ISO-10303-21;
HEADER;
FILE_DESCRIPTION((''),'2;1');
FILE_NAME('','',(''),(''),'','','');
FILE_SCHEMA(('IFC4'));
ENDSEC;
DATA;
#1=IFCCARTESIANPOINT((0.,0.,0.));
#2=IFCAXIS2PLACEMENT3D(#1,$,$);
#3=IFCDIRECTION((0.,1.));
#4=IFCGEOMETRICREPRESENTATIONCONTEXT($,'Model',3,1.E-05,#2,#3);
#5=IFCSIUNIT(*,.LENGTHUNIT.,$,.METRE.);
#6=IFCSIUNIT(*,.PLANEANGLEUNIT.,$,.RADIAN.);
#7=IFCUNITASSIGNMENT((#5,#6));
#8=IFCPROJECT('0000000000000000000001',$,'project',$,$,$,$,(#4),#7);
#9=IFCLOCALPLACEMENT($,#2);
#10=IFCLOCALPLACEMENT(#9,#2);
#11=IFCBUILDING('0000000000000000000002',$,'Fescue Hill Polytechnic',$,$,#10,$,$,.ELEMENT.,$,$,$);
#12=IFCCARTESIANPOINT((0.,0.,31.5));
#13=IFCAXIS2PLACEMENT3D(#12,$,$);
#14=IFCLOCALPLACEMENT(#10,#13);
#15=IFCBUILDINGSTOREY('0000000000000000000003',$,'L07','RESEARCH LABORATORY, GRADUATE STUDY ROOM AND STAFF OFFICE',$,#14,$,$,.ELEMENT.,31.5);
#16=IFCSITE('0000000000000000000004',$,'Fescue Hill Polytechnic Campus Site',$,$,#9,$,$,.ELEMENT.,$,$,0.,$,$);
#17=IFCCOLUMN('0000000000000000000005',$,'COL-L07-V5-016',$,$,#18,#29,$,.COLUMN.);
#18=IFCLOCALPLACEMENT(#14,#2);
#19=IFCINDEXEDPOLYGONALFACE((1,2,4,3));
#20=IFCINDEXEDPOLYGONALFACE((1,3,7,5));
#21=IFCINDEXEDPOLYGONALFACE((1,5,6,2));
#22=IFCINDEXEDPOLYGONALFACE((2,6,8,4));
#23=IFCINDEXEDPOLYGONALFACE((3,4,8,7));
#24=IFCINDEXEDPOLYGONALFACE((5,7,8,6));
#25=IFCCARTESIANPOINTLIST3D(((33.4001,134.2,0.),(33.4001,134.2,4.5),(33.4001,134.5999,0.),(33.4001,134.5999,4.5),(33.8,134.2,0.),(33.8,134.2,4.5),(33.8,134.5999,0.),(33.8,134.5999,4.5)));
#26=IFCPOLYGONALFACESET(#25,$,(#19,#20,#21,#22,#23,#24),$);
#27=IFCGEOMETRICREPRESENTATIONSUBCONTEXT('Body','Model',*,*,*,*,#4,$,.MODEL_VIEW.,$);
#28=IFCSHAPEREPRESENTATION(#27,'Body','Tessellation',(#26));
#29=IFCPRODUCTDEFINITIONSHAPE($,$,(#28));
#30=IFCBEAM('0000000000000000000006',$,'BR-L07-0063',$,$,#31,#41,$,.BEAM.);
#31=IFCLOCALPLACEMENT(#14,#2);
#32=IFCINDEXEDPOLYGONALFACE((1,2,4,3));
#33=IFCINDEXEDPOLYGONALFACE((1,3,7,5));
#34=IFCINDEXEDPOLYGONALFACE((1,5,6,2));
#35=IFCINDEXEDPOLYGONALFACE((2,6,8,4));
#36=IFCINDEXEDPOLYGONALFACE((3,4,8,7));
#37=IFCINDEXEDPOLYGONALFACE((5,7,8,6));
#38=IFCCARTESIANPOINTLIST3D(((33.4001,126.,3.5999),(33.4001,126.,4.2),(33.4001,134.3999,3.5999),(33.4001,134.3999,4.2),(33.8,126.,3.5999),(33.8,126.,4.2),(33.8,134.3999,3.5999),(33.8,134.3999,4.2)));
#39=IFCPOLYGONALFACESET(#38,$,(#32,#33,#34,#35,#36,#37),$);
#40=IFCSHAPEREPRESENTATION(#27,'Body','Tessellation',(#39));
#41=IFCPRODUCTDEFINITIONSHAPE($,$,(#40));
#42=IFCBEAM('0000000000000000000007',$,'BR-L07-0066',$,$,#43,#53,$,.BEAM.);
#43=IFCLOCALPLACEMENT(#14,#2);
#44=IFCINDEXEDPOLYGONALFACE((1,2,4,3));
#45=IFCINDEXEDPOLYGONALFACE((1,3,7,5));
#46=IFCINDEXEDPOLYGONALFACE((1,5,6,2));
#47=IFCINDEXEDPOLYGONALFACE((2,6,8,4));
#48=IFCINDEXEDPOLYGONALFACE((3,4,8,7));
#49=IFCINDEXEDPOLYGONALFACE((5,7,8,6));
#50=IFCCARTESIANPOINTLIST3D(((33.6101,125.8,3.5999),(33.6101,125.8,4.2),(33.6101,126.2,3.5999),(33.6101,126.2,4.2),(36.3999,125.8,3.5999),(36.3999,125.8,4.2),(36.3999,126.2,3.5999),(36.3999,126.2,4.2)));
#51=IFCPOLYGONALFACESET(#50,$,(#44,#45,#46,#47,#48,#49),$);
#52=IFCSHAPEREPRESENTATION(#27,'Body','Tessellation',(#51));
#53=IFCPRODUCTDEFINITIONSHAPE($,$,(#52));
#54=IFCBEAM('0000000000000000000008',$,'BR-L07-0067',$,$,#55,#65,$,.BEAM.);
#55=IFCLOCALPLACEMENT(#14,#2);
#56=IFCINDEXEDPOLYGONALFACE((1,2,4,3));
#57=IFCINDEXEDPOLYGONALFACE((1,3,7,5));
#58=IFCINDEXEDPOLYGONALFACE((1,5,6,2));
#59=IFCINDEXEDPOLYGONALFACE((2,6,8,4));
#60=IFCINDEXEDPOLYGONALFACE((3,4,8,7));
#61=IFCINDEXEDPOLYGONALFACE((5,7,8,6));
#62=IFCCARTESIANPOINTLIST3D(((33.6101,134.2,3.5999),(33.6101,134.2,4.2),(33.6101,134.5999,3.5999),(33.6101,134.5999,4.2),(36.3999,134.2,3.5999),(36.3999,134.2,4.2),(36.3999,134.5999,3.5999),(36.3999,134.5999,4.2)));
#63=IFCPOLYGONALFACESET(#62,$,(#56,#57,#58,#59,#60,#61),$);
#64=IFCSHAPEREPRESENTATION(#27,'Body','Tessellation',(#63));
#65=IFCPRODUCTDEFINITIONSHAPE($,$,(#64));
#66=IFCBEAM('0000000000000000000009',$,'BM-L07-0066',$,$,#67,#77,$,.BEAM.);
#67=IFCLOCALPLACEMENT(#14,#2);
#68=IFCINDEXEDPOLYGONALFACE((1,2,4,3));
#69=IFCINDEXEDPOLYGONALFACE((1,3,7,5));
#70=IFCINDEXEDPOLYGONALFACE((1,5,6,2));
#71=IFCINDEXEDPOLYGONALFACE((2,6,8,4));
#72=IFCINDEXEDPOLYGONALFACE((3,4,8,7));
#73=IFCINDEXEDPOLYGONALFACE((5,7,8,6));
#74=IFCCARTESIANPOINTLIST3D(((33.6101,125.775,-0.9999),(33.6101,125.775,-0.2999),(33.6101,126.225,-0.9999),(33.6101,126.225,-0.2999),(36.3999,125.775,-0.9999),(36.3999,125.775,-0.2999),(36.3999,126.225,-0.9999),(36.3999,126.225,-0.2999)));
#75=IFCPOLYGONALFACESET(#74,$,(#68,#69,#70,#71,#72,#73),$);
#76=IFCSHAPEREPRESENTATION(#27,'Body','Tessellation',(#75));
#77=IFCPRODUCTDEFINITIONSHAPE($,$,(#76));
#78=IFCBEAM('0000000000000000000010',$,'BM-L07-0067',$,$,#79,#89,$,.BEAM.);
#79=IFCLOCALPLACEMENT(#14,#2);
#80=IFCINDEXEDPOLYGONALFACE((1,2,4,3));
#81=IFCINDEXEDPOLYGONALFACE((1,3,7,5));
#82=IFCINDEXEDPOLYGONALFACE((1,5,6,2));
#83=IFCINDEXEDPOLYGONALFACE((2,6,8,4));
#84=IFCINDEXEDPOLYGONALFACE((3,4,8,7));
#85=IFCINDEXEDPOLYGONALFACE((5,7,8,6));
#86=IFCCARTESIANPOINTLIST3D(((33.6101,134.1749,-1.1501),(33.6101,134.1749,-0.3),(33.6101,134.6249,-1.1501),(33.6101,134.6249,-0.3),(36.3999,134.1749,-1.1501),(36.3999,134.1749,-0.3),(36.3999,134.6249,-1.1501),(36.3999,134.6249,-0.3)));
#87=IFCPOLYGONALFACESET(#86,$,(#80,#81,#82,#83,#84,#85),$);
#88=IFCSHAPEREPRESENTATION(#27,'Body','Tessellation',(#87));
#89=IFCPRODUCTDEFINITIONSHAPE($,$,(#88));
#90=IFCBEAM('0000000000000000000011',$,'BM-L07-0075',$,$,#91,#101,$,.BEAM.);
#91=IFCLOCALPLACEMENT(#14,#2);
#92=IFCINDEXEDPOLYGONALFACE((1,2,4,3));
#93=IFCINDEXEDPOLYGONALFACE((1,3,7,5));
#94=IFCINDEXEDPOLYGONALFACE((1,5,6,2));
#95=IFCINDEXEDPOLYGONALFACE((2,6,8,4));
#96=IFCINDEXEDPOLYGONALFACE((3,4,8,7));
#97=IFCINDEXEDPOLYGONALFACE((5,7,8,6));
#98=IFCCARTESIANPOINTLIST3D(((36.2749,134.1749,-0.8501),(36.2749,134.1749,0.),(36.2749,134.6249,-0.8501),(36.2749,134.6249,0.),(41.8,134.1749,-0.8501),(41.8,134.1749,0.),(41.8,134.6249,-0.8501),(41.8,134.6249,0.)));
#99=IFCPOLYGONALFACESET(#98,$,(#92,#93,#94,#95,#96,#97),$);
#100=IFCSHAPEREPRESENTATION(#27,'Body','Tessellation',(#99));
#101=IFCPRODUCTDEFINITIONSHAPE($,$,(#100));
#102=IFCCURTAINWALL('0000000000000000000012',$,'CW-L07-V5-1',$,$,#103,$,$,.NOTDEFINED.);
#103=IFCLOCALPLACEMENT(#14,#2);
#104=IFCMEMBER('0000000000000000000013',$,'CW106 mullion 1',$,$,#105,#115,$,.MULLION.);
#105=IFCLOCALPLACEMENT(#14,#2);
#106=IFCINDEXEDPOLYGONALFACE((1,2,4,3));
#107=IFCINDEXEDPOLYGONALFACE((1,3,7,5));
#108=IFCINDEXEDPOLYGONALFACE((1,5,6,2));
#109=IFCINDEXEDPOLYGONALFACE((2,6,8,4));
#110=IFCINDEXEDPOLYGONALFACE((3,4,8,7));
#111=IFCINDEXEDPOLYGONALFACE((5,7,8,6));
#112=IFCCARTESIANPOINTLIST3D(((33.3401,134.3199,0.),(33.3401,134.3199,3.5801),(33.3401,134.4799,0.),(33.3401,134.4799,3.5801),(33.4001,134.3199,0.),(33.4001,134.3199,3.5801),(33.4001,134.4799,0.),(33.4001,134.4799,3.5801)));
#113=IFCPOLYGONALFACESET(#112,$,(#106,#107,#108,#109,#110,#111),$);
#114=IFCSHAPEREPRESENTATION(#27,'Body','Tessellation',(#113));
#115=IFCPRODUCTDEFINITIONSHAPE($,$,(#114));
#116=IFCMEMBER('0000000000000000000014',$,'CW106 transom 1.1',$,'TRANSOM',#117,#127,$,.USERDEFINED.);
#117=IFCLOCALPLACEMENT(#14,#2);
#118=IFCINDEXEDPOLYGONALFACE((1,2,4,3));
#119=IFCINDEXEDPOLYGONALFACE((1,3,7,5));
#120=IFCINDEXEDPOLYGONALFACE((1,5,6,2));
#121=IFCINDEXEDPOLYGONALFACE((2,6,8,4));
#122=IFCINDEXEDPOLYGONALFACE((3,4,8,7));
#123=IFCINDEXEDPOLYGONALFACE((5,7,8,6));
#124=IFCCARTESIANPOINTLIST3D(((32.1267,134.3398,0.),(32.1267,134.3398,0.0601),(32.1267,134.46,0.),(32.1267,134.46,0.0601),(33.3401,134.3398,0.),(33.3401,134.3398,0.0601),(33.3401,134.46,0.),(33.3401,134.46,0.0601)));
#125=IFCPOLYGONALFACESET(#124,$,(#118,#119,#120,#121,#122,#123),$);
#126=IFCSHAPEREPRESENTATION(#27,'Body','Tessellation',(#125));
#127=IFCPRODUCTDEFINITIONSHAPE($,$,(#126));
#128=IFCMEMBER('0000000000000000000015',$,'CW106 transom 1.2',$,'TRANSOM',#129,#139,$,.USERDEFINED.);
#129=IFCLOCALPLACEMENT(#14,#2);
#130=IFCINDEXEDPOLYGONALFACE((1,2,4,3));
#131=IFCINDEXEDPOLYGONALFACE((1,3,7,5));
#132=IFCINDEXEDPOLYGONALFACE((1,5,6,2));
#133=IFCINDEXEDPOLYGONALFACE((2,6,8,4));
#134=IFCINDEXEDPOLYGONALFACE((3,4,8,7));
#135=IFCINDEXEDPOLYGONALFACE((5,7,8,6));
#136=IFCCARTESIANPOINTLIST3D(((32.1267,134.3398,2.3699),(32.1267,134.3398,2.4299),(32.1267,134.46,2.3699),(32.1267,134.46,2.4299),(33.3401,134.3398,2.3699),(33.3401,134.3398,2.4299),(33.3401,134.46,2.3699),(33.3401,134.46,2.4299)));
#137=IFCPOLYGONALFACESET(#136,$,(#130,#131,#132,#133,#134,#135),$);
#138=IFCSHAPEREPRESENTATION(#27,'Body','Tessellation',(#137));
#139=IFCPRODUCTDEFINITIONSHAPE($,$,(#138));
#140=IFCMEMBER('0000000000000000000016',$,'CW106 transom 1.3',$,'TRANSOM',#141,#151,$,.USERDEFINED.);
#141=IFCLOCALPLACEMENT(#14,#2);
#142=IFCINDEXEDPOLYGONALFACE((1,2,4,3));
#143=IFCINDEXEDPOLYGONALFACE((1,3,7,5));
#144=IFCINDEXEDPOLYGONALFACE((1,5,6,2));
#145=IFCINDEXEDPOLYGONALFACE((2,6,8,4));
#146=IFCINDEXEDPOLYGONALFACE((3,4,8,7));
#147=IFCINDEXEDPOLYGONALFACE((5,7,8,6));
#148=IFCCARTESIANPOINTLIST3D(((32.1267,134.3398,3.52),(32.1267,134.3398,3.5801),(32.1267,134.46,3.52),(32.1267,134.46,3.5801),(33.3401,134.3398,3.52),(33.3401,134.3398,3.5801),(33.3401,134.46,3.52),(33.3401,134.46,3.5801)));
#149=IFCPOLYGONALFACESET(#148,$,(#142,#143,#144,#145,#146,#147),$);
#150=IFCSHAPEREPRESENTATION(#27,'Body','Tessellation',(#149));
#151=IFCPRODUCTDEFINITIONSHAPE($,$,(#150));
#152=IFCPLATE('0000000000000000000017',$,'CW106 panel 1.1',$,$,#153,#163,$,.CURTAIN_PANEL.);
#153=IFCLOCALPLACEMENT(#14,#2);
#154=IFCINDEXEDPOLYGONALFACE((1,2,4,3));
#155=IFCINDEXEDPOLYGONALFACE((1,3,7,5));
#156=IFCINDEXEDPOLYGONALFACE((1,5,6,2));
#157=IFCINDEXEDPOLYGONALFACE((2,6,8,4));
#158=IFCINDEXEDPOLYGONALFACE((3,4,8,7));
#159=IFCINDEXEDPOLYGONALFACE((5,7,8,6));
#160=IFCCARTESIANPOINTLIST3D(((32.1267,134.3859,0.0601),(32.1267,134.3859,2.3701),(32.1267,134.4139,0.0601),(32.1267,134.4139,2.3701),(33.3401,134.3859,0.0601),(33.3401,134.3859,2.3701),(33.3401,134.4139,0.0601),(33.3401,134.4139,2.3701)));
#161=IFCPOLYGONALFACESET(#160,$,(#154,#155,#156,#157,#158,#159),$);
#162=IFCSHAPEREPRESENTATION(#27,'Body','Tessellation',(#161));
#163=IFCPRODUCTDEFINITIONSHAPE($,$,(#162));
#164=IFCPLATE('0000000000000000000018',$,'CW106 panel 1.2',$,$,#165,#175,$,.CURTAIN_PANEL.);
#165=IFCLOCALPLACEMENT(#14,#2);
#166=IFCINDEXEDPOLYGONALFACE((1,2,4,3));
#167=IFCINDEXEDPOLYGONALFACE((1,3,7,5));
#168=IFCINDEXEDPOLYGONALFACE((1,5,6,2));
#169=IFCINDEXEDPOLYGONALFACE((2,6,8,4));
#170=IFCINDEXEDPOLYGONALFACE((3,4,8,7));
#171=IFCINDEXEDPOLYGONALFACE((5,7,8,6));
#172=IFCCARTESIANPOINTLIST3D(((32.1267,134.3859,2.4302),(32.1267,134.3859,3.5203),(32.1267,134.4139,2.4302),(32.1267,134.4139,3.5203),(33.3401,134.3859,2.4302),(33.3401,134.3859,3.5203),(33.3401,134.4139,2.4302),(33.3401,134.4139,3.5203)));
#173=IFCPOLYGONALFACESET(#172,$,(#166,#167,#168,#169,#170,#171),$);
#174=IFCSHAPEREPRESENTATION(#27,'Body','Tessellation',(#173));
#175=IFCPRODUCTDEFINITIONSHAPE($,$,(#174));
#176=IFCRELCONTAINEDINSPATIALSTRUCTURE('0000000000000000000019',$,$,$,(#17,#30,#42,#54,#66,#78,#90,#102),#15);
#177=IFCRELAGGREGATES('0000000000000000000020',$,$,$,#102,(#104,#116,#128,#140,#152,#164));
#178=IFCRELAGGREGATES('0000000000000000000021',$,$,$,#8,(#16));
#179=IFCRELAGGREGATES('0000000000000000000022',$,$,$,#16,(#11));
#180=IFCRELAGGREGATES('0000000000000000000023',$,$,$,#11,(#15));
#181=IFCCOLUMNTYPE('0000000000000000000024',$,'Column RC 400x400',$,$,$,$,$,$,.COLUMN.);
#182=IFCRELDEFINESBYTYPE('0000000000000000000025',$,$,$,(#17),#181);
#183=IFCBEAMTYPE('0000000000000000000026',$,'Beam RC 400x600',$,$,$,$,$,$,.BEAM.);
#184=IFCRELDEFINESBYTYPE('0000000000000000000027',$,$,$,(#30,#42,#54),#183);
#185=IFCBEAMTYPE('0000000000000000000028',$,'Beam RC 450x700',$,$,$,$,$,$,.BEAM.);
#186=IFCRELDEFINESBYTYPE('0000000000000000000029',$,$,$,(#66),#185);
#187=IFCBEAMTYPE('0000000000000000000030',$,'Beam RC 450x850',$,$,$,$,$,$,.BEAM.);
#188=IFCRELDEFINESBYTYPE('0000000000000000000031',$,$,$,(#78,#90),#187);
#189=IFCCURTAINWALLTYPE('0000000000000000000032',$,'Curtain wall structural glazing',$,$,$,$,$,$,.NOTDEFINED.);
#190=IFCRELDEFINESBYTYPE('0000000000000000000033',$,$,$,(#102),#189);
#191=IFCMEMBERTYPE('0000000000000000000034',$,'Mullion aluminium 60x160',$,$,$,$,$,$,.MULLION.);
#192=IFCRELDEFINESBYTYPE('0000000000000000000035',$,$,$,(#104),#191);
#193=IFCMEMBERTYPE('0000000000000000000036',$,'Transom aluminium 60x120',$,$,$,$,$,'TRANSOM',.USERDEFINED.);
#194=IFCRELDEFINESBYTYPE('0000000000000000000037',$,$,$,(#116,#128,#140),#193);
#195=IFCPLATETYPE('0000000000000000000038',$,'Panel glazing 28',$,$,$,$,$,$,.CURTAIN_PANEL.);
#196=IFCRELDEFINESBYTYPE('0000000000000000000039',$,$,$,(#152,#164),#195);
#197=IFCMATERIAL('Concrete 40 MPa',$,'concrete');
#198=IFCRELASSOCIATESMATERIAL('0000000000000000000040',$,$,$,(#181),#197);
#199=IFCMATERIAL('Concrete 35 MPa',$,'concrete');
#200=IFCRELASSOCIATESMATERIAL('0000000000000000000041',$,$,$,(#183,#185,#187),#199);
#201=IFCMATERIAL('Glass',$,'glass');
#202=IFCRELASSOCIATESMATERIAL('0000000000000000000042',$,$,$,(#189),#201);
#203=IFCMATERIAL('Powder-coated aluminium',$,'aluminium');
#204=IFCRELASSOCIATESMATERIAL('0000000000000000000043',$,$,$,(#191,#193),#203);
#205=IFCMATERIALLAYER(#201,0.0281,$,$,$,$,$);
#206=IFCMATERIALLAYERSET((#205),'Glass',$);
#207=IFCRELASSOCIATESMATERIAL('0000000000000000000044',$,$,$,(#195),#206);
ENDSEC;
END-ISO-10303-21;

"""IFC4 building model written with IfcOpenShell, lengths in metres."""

from ifc_helpers import new_model, si_unit, direction, frame, origin, origin_2d, place, context, subcontext, project, spatial, rectangle, extrude, material, layer, layer_set, material_profile, profile_set, type_object, element, aggregate, save


model = new_model("IFC4")

# Units and contexts
model_context = context("Model", 3, precision=1e-05, world=origin(), true_north=direction((0.0, 1.0)))
body_context = subcontext(model_context, "Body", "Model", "MODEL_VIEW")
ifc_project = project(units=[si_unit("LENGTHUNIT", "METRE"), si_unit("PLANEANGLEUNIT", "RADIAN")], contexts=[model_context])

# Site, building, storey
site_placement = place(None, origin())
site = spatial("IfcSite", under=ifc_project, at=site_placement, Name="Fescue Hill Polytechnic Campus Site", CompositionType="ELEMENT", RefElevation=0.0)
building_placement = place(site_placement, origin())
building = spatial("IfcBuilding", under=site, at=building_placement, Name="Fescue Hill Polytechnic", CompositionType="ELEMENT")
storey_placement = place(building_placement, frame((0.0, 0.0, 31.5)))
storey = spatial("IfcBuildingStorey", under=building, at=storey_placement, Name="L07", Description="RESEARCH LABORATORY, GRADUATE STUDY ROOM AND STAFF OFFICE", CompositionType="ELEMENT", Elevation=31.5)

# Column
ifc_material_1 = material(Name="Concrete 40 MPa", Category="concrete")
ifc_material_profile_1 = material_profile(ifc_material_1, rectangle(XDim=0.3999, YDim=0.3999, at=origin_2d()), Name="RC 400x400")
ifc_profile_set_1 = profile_set([ifc_material_profile_1], Name="Concrete 40 MPa")
column_type = type_object("IfcColumnType", Name="Column RC 400x400", PredefinedType="COLUMN", material=ifc_profile_set_1)
column_placement = place(storey_placement, frame((33.6001, 134.3999, 0.0), z_axis=(0.0, 0.0, 1.0), x_axis=(1.0, 0.0, 0.0)))
element("IfcColumn", 1, at=column_placement, inside=storey, type_object=column_type, Name="COL-L07-V5-016", PredefinedType="COLUMN", context=body_context, shape_type="SweptSolid", body=[
    extrude(rectangle(XDim=0.3999, YDim=0.3999, at=origin_2d()), origin(), (0.0, 0.0, 1.0), 4.5),
])

# Beams
ifc_material_2 = material(Name="Concrete 35 MPa", Category="concrete")
ifc_material_profile_2 = material_profile(ifc_material_2, rectangle(XDim=0.3999, YDim=0.6001, at=origin_2d()), Name="RC 400x600")
ifc_profile_set_2 = profile_set([ifc_material_profile_2], Name="Concrete 35 MPa")
beam_type_1 = type_object("IfcBeamType", Name="Beam RC 400x600", PredefinedType="BEAM", material=ifc_profile_set_2)
beam_1_placement = place(storey_placement, frame((33.6001, 126.0, 3.8999), z_axis=(0.0, 1.0, 0.0), x_axis=(-1.0, 0.0, 0.0)))
element("IfcBeam", 2, at=beam_1_placement, inside=storey, type_object=beam_type_1, Name="BR-L07-0063", PredefinedType="BEAM", context=body_context, shape_type="SweptSolid", body=[
    extrude(rectangle(XDim=0.3999, YDim=0.6001, at=origin_2d()), origin(), (0.0, 0.0, 1.0), 8.3999),
])
for number, where, z_axis, x_axis, name in (
    (3, (33.6101, 126.0, 3.8999), (1.0, 0.0, 0.0), (0.0, 1.0, 0.0), "BR-L07-0066"),
    (4, (33.6101, 134.3999, 3.8999), (1.0, 0.0, 0.0), (0.0, 1.0, 0.0), "BR-L07-0067"),
):
    element("IfcBeam", number, at=place(storey_placement, frame(where, z_axis=z_axis, x_axis=x_axis)), inside=storey, type_object=beam_type_1, Name=name, PredefinedType="BEAM", context=body_context, shape_type="SweptSolid", body=[
        extrude(rectangle(XDim=0.3999, YDim=0.6001, at=origin_2d()), origin(), (0.0, 0.0, 1.0), 2.7898),
    ])
ifc_material_profile_3 = material_profile(ifc_material_2, rectangle(XDim=0.45, YDim=0.7, at=origin_2d()), Name="RC 450x700")
ifc_profile_set_3 = profile_set([ifc_material_profile_3], Name="Concrete 35 MPa")
beam_type_2 = type_object("IfcBeamType", Name="Beam RC 450x700", PredefinedType="BEAM", material=ifc_profile_set_3)
beam_2_placement = place(storey_placement, frame((33.6101, 126.0, -0.6499), z_axis=(1.0, 0.0, 0.0), x_axis=(0.0, 1.0, 0.0)))
element("IfcBeam", 5, at=beam_2_placement, inside=storey, type_object=beam_type_2, Name="BM-L07-0066", PredefinedType="BEAM", context=body_context, shape_type="SweptSolid", body=[
    extrude(rectangle(XDim=0.45, YDim=0.7, at=origin_2d()), origin(), (0.0, 0.0, 1.0), 2.7898),
])
ifc_material_profile_4 = material_profile(ifc_material_2, rectangle(XDim=0.45, YDim=0.8501, at=origin_2d()), Name="RC 450x850")
ifc_profile_set_4 = profile_set([ifc_material_profile_4], Name="Concrete 35 MPa")
beam_type_3 = type_object("IfcBeamType", Name="Beam RC 450x850", PredefinedType="BEAM", material=ifc_profile_set_4)
beam_3_placement = place(storey_placement, frame((33.6101, 134.3999, -0.7251), z_axis=(1.0, 0.0, 0.0), x_axis=(0.0, 1.0, 0.0)))
element("IfcBeam", 6, at=beam_3_placement, inside=storey, type_object=beam_type_3, Name="BM-L07-0067", PredefinedType="BEAM", context=body_context, shape_type="SweptSolid", body=[
    extrude(rectangle(XDim=0.45, YDim=0.8501, at=origin_2d()), origin(), (0.0, 0.0, 1.0), 2.7898),
])
beam_4_placement = place(storey_placement, frame((36.2749, 134.3999, -0.425), z_axis=(1.0, 0.0, 0.0), x_axis=(0.0, 1.0, 0.0)))
element("IfcBeam", 7, at=beam_4_placement, inside=storey, type_object=beam_type_3, Name="BM-L07-0075", PredefinedType="BEAM", context=body_context, shape_type="SweptSolid", body=[
    extrude(rectangle(XDim=0.45, YDim=0.8501, at=origin_2d()), origin(), (0.0, 0.0, 1.0), 5.5251),
])

# Curtain wall, members, plates
ifc_material_3 = material(Name="Glass", Category="glass")
curtain_wall_type = type_object("IfcCurtainWallType", Name="Curtain wall structural glazing", PredefinedType="NOTDEFINED", material=ifc_material_3)
curtain_wall_placement = place(storey_placement, origin())
curtain_wall = element("IfcCurtainWall", 8, at=curtain_wall_placement, inside=storey, type_object=curtain_wall_type, Name="CW-L07-V5-1", PredefinedType="NOTDEFINED")
ifc_material_4 = material(Name="Powder-coated aluminium", Category="aluminium")
ifc_material_profile_5 = material_profile(ifc_material_4, rectangle(XDim=0.1599, YDim=0.0601, at=origin_2d()), Name="Mullion aluminium 60x160")
ifc_profile_set_5 = profile_set([ifc_material_profile_5], Name="Powder-coated aluminium")
member_type_1 = type_object("IfcMemberType", Name="Mullion aluminium 60x160", PredefinedType="MULLION", material=ifc_profile_set_5)
member_1_placement = place(storey_placement, frame((33.3701, 134.3999, 0.0), z_axis=(0.0, 0.0, 1.0), x_axis=(0.0, -1.0, 0.0)))
member_1 = element("IfcMember", 9, at=member_1_placement, type_object=member_type_1, Name="CW106 mullion 1", PredefinedType="MULLION", context=body_context, shape_type="SweptSolid", body=[
    extrude(rectangle(XDim=0.1599, YDim=0.0601, at=origin_2d()), origin(), (0.0, 0.0, 1.0), 3.5801),
])
ifc_material_profile_6 = material_profile(ifc_material_4, rectangle(XDim=0.1201, YDim=0.0601, at=origin_2d()), Name="Transom aluminium 60x120")
ifc_profile_set_6 = profile_set([ifc_material_profile_6], Name="Powder-coated aluminium")
member_type_2 = type_object("IfcMemberType", Name="Transom aluminium 60x120", ElementType="TRANSOM", PredefinedType="USERDEFINED", material=ifc_profile_set_6)
member_2_placement = place(storey_placement, frame((33.3401, 134.3999, 0.03), z_axis=(-1.0, 0.0, 0.0), x_axis=(0.0, -1.0, 0.0)))
member_2 = element("IfcMember", 10, at=member_2_placement, type_object=member_type_2, Name="CW106 transom 1.1", ObjectType="TRANSOM", PredefinedType="USERDEFINED", context=body_context, shape_type="SweptSolid", body=[
    extrude(rectangle(XDim=0.1201, YDim=0.0601, at=origin_2d()), origin(), (0.0, 0.0, 1.0), 1.2134),
])
member_3_placement = place(storey_placement, frame((33.3401, 134.3999, 2.3999), z_axis=(-1.0, 0.0, 0.0), x_axis=(0.0, -1.0, 0.0)))
member_3 = element("IfcMember", 11, at=member_3_placement, type_object=member_type_2, Name="CW106 transom 1.2", ObjectType="TRANSOM", PredefinedType="USERDEFINED", context=body_context, shape_type="SweptSolid", body=[
    extrude(rectangle(XDim=0.1201, YDim=0.0601, at=origin_2d()), origin(), (0.0, 0.0, 1.0), 1.2134),
])
member_4_placement = place(storey_placement, frame((33.3401, 134.3999, 3.55), z_axis=(-1.0, 0.0, 0.0), x_axis=(0.0, -1.0, 0.0)))
member_4 = element("IfcMember", 12, at=member_4_placement, type_object=member_type_2, Name="CW106 transom 1.3", ObjectType="TRANSOM", PredefinedType="USERDEFINED", context=body_context, shape_type="SweptSolid", body=[
    extrude(rectangle(XDim=0.1201, YDim=0.0601, at=origin_2d()), origin(), (0.0, 0.0, 1.0), 1.2134),
])
ifc_layer_1 = layer(ifc_material_3, 0.0281)
ifc_layer_set_1 = layer_set([ifc_layer_1], Name="Glass")
plate_type = type_object("IfcPlateType", Name="Panel glazing 28", PredefinedType="CURTAIN_PANEL", material=ifc_layer_set_1)
plate_1_placement = place(storey_placement, frame((32.7334, 134.3999, 0.0601), z_axis=(0.0, 0.0, 1.0), x_axis=(-1.0, 0.0, 0.0)))
plate_1 = element("IfcPlate", 13, at=plate_1_placement, type_object=plate_type, Name="CW106 panel 1.1", PredefinedType="CURTAIN_PANEL", context=body_context, shape_type="SweptSolid", body=[
    extrude(rectangle(XDim=1.2134, YDim=0.0281, at=origin_2d()), origin(), (0.0, 0.0, 1.0), 2.3101),
])
plate_2_placement = place(storey_placement, frame((32.7334, 134.3999, 2.4302), z_axis=(0.0, 0.0, 1.0), x_axis=(-1.0, 0.0, 0.0)))
plate_2 = element("IfcPlate", 14, at=plate_2_placement, type_object=plate_type, Name="CW106 panel 1.2", PredefinedType="CURTAIN_PANEL", context=body_context, shape_type="SweptSolid", body=[
    extrude(rectangle(XDim=1.2134, YDim=0.0281, at=origin_2d()), origin(), (0.0, 0.0, 1.0), 1.0901),
])
aggregate(curtain_wall, [member_1, member_2, member_3, member_4, plate_1, plate_2])

save(model, "model.ifc")
